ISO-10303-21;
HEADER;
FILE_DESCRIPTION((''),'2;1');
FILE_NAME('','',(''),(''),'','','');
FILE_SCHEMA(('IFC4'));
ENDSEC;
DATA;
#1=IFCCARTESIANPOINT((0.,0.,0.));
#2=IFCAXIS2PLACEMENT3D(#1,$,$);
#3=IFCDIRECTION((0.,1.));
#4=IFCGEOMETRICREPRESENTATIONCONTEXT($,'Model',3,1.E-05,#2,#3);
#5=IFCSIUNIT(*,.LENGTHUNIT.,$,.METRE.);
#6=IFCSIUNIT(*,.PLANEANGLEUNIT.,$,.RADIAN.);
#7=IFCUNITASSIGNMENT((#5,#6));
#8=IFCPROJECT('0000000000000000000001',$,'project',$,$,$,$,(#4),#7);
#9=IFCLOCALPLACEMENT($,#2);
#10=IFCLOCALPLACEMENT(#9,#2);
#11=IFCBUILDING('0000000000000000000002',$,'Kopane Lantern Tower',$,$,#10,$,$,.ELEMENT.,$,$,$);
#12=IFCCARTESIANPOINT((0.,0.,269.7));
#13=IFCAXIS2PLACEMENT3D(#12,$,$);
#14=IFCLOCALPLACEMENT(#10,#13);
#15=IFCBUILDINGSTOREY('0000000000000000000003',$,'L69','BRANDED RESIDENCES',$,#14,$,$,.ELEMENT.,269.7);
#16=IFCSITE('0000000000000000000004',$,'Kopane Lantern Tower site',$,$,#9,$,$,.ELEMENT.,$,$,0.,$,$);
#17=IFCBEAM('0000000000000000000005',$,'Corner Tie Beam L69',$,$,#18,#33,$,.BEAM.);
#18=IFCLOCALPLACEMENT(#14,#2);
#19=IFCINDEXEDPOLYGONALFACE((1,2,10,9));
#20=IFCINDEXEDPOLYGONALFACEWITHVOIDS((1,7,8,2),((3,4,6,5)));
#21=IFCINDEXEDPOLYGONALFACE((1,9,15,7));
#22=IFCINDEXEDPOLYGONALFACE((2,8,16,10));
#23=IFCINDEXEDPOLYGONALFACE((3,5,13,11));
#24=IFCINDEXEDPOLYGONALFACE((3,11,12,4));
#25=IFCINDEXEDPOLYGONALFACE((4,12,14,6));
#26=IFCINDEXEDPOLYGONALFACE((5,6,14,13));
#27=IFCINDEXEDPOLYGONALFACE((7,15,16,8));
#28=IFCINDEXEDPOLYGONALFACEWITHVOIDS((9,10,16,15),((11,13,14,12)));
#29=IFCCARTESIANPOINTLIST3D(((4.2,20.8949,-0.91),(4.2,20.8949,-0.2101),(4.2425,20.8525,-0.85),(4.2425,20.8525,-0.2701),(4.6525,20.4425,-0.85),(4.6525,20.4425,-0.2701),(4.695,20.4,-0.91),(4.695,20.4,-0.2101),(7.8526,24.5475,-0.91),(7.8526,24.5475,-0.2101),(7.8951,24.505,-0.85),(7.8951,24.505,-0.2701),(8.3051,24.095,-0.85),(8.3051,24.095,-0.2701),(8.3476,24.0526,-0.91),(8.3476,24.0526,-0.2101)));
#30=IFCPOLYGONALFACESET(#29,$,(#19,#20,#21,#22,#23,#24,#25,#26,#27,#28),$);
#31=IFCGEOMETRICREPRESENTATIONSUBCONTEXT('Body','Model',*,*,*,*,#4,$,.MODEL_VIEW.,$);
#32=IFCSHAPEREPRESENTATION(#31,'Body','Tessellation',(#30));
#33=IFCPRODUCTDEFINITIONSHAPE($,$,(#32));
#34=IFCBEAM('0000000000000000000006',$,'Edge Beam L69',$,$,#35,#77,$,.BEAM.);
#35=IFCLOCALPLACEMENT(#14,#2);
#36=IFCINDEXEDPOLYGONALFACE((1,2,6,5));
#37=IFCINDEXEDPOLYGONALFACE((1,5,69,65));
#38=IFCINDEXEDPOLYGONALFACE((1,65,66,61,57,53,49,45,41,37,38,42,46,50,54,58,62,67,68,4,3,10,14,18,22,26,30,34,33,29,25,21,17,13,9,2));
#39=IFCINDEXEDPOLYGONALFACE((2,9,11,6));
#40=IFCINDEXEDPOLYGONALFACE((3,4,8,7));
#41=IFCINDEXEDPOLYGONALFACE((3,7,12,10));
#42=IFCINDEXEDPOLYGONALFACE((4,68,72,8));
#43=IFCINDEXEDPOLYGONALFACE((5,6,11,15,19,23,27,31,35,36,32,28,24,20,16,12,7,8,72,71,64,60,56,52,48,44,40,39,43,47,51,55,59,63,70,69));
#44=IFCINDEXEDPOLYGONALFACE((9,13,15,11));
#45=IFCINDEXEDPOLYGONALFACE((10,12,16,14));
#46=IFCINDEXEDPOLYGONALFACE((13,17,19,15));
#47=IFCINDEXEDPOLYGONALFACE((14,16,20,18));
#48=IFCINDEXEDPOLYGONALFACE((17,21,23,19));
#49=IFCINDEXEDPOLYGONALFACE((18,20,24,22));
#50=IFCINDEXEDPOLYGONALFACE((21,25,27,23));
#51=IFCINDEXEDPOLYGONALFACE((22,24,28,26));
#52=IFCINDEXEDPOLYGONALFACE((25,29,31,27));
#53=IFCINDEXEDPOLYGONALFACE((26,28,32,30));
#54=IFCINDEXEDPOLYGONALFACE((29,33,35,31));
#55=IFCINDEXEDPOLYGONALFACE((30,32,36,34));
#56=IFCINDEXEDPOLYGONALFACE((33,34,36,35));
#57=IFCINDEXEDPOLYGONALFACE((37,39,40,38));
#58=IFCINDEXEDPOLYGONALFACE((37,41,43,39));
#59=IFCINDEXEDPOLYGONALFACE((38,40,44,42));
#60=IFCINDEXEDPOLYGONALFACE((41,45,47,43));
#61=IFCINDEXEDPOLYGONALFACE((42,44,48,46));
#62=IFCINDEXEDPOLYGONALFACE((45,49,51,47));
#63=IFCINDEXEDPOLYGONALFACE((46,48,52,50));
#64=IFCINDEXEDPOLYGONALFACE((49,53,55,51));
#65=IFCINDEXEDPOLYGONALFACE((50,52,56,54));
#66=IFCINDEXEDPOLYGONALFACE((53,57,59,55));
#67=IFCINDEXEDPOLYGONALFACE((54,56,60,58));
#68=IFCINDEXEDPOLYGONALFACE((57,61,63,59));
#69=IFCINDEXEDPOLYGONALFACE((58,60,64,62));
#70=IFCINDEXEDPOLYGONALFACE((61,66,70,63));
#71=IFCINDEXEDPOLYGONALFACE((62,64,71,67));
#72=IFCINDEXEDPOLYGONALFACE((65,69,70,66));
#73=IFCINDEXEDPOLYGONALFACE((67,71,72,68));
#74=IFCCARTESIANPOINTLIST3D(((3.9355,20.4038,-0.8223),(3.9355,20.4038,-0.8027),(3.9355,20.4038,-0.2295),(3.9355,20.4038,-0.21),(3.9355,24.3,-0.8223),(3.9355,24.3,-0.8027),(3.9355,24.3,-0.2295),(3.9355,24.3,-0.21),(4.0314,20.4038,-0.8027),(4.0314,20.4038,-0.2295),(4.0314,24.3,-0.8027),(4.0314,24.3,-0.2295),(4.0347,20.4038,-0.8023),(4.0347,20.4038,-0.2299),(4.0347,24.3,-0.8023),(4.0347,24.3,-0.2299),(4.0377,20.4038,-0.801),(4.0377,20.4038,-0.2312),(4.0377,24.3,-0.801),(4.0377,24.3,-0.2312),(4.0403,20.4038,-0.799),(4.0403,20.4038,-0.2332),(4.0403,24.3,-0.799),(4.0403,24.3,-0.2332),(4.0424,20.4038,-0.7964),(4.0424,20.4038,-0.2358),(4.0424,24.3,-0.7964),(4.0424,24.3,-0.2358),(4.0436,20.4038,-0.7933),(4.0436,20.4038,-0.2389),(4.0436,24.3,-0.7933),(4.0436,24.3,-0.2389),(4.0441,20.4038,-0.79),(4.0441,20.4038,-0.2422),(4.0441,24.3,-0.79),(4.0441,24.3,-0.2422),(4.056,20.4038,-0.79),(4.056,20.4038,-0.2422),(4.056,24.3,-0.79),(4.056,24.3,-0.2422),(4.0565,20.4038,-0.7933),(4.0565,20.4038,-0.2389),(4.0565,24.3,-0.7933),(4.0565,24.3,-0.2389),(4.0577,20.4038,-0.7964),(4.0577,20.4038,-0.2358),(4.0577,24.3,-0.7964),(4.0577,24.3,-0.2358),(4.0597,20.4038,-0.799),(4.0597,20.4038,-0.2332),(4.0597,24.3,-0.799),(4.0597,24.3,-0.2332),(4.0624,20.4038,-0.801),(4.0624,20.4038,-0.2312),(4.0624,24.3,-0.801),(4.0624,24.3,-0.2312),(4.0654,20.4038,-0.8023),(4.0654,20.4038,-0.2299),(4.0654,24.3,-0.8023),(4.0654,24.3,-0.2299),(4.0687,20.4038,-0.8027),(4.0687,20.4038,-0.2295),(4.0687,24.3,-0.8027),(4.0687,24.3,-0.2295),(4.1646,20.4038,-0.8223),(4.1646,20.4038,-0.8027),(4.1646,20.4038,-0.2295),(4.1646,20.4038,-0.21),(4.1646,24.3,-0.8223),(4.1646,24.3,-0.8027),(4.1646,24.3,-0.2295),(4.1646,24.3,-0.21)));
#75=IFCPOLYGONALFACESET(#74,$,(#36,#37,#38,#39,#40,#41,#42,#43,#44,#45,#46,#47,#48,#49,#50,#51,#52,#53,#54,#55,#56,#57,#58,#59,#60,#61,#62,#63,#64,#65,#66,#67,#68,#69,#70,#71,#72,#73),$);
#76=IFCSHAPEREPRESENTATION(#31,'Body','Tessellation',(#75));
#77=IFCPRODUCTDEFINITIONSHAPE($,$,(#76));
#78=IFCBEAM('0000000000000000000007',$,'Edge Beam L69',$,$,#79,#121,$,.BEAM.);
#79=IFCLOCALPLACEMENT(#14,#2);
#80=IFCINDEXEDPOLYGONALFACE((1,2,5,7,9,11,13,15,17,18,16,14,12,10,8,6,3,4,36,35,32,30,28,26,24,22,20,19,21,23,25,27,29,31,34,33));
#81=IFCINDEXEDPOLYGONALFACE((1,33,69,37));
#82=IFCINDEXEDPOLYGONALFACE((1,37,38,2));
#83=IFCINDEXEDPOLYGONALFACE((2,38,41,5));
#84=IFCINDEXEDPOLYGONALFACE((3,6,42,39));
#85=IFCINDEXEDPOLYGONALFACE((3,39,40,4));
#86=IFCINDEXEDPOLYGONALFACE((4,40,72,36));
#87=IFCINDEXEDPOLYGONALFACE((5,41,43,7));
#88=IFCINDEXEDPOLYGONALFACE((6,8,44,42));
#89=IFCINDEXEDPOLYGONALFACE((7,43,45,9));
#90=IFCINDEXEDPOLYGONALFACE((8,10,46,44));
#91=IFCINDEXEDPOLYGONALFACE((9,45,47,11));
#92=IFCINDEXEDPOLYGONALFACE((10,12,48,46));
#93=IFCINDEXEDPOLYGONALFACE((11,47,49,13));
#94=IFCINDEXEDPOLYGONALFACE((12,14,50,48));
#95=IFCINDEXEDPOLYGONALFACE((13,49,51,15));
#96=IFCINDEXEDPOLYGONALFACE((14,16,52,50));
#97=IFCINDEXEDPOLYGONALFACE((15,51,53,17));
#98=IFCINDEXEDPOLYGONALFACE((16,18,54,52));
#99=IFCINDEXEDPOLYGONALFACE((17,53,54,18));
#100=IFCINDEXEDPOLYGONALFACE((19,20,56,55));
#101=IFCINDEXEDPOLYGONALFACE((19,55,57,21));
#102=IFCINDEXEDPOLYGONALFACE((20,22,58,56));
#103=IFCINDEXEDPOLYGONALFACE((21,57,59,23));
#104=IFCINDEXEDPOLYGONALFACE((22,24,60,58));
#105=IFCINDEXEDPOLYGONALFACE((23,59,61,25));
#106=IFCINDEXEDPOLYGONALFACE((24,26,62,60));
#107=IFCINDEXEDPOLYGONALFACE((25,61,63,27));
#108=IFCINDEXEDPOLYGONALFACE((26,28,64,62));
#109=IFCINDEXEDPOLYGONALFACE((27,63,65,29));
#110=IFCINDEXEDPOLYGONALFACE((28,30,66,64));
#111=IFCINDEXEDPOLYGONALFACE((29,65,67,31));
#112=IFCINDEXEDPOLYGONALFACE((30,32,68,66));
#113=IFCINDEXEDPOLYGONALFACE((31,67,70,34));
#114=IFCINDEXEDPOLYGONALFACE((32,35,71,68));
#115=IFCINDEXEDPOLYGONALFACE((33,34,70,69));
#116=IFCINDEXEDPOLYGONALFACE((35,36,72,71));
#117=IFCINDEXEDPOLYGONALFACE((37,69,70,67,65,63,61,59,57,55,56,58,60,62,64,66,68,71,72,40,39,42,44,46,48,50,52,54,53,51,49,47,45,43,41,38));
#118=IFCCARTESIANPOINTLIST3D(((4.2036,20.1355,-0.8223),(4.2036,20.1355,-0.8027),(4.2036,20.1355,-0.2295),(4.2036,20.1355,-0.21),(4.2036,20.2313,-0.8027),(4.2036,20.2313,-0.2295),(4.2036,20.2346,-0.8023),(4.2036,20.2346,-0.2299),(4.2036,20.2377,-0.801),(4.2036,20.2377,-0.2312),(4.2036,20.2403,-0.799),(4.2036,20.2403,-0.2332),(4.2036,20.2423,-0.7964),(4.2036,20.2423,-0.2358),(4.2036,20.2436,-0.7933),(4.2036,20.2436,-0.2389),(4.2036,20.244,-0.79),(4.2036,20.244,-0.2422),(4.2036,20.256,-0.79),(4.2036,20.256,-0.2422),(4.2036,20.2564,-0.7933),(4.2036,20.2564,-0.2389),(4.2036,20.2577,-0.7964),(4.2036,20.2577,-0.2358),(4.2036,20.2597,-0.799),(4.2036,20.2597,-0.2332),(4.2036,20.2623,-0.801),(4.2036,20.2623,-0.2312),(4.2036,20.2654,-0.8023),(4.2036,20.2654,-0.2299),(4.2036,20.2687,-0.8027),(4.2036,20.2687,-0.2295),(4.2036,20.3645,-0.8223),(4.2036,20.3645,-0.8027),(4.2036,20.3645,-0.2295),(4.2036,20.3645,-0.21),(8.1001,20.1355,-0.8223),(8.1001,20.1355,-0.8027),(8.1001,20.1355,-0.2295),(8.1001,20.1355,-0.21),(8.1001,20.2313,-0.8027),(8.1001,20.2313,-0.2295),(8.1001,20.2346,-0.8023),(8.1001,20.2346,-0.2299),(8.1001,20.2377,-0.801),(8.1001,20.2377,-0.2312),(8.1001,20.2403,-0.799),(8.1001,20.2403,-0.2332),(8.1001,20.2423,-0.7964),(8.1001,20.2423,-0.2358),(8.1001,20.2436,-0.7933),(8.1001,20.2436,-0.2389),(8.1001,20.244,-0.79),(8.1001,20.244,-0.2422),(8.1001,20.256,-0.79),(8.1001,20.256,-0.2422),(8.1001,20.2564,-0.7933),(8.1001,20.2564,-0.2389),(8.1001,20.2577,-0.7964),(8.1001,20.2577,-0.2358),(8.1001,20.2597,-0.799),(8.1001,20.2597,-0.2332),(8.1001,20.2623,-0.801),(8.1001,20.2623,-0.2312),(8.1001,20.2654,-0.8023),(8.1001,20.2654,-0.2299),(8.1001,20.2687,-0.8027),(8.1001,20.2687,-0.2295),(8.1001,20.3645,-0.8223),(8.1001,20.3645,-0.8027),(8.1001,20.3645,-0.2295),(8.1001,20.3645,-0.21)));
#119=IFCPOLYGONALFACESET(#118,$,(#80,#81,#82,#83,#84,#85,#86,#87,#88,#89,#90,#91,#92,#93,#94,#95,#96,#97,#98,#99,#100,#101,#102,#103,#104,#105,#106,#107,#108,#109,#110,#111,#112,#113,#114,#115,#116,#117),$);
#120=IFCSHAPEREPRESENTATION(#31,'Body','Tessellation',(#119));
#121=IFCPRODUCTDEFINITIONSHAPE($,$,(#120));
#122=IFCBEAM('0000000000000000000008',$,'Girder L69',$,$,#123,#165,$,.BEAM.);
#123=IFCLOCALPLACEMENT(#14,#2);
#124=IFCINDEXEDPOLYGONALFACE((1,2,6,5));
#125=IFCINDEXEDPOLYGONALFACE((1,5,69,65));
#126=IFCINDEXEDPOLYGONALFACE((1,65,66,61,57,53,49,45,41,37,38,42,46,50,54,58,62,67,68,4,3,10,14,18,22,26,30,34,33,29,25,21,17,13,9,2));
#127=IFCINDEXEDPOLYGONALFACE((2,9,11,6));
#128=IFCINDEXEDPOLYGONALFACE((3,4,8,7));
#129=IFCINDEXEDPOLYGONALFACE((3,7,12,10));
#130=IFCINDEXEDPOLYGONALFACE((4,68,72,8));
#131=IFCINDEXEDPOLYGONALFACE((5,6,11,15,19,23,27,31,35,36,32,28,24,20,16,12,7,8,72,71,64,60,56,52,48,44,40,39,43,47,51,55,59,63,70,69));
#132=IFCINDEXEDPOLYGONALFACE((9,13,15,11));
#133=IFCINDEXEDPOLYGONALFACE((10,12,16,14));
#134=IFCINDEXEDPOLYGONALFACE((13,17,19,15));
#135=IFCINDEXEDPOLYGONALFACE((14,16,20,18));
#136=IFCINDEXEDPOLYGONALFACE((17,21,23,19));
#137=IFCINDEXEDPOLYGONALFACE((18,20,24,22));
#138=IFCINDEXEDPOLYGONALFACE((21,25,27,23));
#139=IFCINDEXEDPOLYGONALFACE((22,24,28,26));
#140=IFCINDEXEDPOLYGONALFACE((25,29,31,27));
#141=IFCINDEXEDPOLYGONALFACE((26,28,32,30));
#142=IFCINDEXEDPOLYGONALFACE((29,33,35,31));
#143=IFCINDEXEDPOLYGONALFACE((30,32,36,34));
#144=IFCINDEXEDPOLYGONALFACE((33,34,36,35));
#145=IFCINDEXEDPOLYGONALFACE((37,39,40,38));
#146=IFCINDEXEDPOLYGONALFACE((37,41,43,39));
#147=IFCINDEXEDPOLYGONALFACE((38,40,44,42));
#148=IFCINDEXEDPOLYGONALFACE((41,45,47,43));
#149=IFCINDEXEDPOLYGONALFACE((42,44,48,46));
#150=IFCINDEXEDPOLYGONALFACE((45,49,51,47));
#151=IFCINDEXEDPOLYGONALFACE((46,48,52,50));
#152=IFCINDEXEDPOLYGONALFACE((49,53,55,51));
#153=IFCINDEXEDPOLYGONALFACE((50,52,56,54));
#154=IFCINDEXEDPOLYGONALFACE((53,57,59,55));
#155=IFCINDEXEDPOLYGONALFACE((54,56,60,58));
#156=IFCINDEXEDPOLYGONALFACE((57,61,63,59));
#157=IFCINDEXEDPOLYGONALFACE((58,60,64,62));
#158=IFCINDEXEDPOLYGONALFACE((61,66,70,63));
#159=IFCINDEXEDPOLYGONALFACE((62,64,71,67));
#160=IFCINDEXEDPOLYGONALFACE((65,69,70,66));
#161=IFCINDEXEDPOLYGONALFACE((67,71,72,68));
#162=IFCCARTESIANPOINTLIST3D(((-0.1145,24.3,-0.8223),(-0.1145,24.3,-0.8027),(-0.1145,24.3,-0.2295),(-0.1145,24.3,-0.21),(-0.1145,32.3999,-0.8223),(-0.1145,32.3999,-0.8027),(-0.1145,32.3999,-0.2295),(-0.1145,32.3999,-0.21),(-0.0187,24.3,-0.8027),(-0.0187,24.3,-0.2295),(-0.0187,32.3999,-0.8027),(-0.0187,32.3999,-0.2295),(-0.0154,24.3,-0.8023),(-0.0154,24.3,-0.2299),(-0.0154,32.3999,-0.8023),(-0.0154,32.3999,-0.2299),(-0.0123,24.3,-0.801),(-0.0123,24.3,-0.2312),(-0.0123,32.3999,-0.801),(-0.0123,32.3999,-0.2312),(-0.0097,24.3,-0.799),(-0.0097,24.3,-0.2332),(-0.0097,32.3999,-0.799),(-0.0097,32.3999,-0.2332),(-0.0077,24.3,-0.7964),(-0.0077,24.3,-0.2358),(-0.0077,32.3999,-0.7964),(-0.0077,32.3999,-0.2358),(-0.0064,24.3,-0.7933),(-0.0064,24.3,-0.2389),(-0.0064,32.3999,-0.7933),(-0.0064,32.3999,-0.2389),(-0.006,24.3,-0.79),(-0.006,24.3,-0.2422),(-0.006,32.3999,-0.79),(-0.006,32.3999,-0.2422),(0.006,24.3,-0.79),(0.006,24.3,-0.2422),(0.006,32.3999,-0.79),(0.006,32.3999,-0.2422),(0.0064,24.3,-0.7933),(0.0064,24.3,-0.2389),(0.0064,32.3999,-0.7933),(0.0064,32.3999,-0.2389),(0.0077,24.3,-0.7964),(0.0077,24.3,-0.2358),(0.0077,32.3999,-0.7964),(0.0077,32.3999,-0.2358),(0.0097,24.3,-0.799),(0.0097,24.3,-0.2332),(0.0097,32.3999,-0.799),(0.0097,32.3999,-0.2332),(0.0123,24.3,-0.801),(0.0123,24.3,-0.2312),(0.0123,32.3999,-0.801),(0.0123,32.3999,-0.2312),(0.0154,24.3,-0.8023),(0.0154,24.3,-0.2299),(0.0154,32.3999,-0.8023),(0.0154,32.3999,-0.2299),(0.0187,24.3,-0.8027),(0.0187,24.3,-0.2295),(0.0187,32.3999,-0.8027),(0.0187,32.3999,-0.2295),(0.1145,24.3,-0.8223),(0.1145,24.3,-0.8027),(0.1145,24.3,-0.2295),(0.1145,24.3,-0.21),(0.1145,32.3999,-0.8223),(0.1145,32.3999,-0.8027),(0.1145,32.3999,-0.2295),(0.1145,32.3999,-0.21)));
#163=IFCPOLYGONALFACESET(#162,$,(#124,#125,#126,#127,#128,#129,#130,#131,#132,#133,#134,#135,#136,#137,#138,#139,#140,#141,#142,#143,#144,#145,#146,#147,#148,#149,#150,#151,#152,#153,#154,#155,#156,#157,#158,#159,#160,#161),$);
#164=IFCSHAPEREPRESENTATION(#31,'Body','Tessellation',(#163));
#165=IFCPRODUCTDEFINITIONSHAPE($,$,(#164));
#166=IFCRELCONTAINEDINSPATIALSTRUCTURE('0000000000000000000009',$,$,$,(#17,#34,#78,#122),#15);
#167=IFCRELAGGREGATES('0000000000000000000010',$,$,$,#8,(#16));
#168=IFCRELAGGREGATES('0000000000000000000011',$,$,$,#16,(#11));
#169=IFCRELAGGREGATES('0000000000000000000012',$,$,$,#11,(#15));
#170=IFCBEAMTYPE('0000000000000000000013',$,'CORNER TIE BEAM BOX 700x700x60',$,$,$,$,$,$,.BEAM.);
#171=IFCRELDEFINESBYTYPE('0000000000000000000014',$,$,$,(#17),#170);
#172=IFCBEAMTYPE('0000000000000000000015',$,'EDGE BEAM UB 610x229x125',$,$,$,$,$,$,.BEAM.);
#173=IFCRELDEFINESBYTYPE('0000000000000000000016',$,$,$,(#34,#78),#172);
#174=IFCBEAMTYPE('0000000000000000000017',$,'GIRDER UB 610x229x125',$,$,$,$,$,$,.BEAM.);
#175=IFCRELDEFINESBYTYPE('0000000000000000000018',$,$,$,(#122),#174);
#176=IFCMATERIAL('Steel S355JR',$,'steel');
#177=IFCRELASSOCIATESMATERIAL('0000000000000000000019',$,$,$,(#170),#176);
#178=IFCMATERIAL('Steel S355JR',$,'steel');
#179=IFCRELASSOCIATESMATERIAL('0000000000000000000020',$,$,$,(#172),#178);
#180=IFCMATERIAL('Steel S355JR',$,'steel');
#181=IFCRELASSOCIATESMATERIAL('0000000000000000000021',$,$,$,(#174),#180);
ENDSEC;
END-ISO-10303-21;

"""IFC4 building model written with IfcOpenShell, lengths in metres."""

from ifc_helpers import new_model, si_unit, direction, frame, origin, origin_2d, place, context, subcontext, project, spatial, hollow_rectangle, i_section, extrude, material, material_profile, profile_set, type_object, element, save


model = new_model("IFC4")

# Units and contexts
model_context = context("Model", 3, precision=1e-05, world=origin(), true_north=direction((0.0, 1.0)))
body_context = subcontext(model_context, "Body", "Model", "MODEL_VIEW")
ifc_project = project(units=[si_unit("LENGTHUNIT", "METRE"), si_unit("PLANEANGLEUNIT", "RADIAN")], contexts=[model_context])

# Site, building, storey
site_placement = place(None, origin())
site = spatial("IfcSite", under=ifc_project, at=site_placement, Name="Kopane Lantern Tower site", CompositionType="ELEMENT", RefElevation=0.0)
building_placement = place(site_placement, origin())
building = spatial("IfcBuilding", under=site, at=building_placement, Name="Kopane Lantern Tower", CompositionType="ELEMENT")
storey_placement = place(building_placement, frame((0.0, 0.0, 269.7)))
storey = spatial("IfcBuildingStorey", under=building, at=storey_placement, Name="L69", Description="BRANDED RESIDENCES", CompositionType="ELEMENT", Elevation=269.7)

# Beams
ifc_material_1 = material(Name="Steel S355JR", Category="steel")
ifc_material_profile_1 = material_profile(ifc_material_1, hollow_rectangle(XDim=0.7, YDim=0.7, WallThickness=0.0601, at=origin_2d()), Name="BOX 700x700x60")
ifc_profile_set_1 = profile_set([ifc_material_profile_1], Name="Steel S355JR")
beam_type_1 = type_object("IfcBeamType", Name="CORNER TIE BEAM BOX 700x700x60", PredefinedType="BEAM", material=ifc_profile_set_1)
beam_1_placement = place(storey_placement, frame((4.4475, 20.6475, -0.5601), z_axis=(0.707107, 0.707107, 0.0), x_axis=(-0.707107, 0.707107, 0.0)))
element("IfcBeam", 1, at=beam_1_placement, inside=storey, type_object=beam_type_1, Name="Corner Tie Beam L69", PredefinedType="BEAM", context=body_context, shape_type="SweptSolid", body=[
    extrude(hollow_rectangle(XDim=0.7, YDim=0.7, WallThickness=0.0601, at=origin_2d()), origin(), (0.0, 0.0, 1.0), 5.1655),
])
ifc_material_2 = material(Name="Steel S355JR", Category="steel")
ifc_material_profile_2 = material_profile(ifc_material_2, i_section(OverallWidth=0.229, OverallDepth=0.6123, WebThickness=0.012, FlangeThickness=0.0195, FilletRadius=0.0127, at=origin_2d()), Name="UB 610x229x125")
ifc_profile_set_2 = profile_set([ifc_material_profile_2], Name="Steel S355JR")
beam_type_2 = type_object("IfcBeamType", Name="EDGE BEAM UB 610x229x125", PredefinedType="BEAM", material=ifc_profile_set_2)
beam_2_placement = place(storey_placement, frame((4.05, 20.4038, -0.5161), z_axis=(0.0, 1.0, 0.0), x_axis=(-1.0, 0.0, 0.0)))
element("IfcBeam", 2, at=beam_2_placement, inside=storey, type_object=beam_type_2, Name="Edge Beam L69", PredefinedType="BEAM", context=body_context, shape_type="SweptSolid", body=[
    extrude(i_section(OverallWidth=0.229, OverallDepth=0.6123, WebThickness=0.012, FlangeThickness=0.0195, FilletRadius=0.0127, at=origin_2d()), origin(), (0.0, 0.0, 1.0), 3.8962),
])
beam_3_placement = place(storey_placement, frame((4.2036, 20.25, -0.5161), z_axis=(1.0, 0.0, 0.0), x_axis=(0.0, 1.0, 0.0)))
element("IfcBeam", 3, at=beam_3_placement, inside=storey, type_object=beam_type_2, Name="Edge Beam L69", PredefinedType="BEAM", context=body_context, shape_type="SweptSolid", body=[
    extrude(i_section(OverallWidth=0.229, OverallDepth=0.6123, WebThickness=0.012, FlangeThickness=0.0195, FilletRadius=0.0127, at=origin_2d()), origin(), (0.0, 0.0, 1.0), 3.8965),
])
ifc_material_3 = material(Name="Steel S355JR", Category="steel")
ifc_material_profile_3 = material_profile(ifc_material_3, i_section(OverallWidth=0.229, OverallDepth=0.6123, WebThickness=0.012, FlangeThickness=0.0195, FilletRadius=0.0127, at=origin_2d()), Name="UB 610x229x125")
ifc_profile_set_3 = profile_set([ifc_material_profile_3], Name="Steel S355JR")
beam_type_3 = type_object("IfcBeamType", Name="GIRDER UB 610x229x125", PredefinedType="BEAM", material=ifc_profile_set_3)
beam_4_placement = place(storey_placement, frame((0.0, 24.3, -0.5161), z_axis=(0.0, 1.0, 0.0), x_axis=(-1.0, 0.0, 0.0)))
element("IfcBeam", 4, at=beam_4_placement, inside=storey, type_object=beam_type_3, Name="Girder L69", PredefinedType="BEAM", context=body_context, shape_type="SweptSolid", body=[
    extrude(i_section(OverallWidth=0.229, OverallDepth=0.6123, WebThickness=0.012, FlangeThickness=0.0195, FilletRadius=0.0127, at=origin_2d()), origin(), (0.0, 0.0, 1.0), 8.0999),
])

save(model, "model.ifc")
